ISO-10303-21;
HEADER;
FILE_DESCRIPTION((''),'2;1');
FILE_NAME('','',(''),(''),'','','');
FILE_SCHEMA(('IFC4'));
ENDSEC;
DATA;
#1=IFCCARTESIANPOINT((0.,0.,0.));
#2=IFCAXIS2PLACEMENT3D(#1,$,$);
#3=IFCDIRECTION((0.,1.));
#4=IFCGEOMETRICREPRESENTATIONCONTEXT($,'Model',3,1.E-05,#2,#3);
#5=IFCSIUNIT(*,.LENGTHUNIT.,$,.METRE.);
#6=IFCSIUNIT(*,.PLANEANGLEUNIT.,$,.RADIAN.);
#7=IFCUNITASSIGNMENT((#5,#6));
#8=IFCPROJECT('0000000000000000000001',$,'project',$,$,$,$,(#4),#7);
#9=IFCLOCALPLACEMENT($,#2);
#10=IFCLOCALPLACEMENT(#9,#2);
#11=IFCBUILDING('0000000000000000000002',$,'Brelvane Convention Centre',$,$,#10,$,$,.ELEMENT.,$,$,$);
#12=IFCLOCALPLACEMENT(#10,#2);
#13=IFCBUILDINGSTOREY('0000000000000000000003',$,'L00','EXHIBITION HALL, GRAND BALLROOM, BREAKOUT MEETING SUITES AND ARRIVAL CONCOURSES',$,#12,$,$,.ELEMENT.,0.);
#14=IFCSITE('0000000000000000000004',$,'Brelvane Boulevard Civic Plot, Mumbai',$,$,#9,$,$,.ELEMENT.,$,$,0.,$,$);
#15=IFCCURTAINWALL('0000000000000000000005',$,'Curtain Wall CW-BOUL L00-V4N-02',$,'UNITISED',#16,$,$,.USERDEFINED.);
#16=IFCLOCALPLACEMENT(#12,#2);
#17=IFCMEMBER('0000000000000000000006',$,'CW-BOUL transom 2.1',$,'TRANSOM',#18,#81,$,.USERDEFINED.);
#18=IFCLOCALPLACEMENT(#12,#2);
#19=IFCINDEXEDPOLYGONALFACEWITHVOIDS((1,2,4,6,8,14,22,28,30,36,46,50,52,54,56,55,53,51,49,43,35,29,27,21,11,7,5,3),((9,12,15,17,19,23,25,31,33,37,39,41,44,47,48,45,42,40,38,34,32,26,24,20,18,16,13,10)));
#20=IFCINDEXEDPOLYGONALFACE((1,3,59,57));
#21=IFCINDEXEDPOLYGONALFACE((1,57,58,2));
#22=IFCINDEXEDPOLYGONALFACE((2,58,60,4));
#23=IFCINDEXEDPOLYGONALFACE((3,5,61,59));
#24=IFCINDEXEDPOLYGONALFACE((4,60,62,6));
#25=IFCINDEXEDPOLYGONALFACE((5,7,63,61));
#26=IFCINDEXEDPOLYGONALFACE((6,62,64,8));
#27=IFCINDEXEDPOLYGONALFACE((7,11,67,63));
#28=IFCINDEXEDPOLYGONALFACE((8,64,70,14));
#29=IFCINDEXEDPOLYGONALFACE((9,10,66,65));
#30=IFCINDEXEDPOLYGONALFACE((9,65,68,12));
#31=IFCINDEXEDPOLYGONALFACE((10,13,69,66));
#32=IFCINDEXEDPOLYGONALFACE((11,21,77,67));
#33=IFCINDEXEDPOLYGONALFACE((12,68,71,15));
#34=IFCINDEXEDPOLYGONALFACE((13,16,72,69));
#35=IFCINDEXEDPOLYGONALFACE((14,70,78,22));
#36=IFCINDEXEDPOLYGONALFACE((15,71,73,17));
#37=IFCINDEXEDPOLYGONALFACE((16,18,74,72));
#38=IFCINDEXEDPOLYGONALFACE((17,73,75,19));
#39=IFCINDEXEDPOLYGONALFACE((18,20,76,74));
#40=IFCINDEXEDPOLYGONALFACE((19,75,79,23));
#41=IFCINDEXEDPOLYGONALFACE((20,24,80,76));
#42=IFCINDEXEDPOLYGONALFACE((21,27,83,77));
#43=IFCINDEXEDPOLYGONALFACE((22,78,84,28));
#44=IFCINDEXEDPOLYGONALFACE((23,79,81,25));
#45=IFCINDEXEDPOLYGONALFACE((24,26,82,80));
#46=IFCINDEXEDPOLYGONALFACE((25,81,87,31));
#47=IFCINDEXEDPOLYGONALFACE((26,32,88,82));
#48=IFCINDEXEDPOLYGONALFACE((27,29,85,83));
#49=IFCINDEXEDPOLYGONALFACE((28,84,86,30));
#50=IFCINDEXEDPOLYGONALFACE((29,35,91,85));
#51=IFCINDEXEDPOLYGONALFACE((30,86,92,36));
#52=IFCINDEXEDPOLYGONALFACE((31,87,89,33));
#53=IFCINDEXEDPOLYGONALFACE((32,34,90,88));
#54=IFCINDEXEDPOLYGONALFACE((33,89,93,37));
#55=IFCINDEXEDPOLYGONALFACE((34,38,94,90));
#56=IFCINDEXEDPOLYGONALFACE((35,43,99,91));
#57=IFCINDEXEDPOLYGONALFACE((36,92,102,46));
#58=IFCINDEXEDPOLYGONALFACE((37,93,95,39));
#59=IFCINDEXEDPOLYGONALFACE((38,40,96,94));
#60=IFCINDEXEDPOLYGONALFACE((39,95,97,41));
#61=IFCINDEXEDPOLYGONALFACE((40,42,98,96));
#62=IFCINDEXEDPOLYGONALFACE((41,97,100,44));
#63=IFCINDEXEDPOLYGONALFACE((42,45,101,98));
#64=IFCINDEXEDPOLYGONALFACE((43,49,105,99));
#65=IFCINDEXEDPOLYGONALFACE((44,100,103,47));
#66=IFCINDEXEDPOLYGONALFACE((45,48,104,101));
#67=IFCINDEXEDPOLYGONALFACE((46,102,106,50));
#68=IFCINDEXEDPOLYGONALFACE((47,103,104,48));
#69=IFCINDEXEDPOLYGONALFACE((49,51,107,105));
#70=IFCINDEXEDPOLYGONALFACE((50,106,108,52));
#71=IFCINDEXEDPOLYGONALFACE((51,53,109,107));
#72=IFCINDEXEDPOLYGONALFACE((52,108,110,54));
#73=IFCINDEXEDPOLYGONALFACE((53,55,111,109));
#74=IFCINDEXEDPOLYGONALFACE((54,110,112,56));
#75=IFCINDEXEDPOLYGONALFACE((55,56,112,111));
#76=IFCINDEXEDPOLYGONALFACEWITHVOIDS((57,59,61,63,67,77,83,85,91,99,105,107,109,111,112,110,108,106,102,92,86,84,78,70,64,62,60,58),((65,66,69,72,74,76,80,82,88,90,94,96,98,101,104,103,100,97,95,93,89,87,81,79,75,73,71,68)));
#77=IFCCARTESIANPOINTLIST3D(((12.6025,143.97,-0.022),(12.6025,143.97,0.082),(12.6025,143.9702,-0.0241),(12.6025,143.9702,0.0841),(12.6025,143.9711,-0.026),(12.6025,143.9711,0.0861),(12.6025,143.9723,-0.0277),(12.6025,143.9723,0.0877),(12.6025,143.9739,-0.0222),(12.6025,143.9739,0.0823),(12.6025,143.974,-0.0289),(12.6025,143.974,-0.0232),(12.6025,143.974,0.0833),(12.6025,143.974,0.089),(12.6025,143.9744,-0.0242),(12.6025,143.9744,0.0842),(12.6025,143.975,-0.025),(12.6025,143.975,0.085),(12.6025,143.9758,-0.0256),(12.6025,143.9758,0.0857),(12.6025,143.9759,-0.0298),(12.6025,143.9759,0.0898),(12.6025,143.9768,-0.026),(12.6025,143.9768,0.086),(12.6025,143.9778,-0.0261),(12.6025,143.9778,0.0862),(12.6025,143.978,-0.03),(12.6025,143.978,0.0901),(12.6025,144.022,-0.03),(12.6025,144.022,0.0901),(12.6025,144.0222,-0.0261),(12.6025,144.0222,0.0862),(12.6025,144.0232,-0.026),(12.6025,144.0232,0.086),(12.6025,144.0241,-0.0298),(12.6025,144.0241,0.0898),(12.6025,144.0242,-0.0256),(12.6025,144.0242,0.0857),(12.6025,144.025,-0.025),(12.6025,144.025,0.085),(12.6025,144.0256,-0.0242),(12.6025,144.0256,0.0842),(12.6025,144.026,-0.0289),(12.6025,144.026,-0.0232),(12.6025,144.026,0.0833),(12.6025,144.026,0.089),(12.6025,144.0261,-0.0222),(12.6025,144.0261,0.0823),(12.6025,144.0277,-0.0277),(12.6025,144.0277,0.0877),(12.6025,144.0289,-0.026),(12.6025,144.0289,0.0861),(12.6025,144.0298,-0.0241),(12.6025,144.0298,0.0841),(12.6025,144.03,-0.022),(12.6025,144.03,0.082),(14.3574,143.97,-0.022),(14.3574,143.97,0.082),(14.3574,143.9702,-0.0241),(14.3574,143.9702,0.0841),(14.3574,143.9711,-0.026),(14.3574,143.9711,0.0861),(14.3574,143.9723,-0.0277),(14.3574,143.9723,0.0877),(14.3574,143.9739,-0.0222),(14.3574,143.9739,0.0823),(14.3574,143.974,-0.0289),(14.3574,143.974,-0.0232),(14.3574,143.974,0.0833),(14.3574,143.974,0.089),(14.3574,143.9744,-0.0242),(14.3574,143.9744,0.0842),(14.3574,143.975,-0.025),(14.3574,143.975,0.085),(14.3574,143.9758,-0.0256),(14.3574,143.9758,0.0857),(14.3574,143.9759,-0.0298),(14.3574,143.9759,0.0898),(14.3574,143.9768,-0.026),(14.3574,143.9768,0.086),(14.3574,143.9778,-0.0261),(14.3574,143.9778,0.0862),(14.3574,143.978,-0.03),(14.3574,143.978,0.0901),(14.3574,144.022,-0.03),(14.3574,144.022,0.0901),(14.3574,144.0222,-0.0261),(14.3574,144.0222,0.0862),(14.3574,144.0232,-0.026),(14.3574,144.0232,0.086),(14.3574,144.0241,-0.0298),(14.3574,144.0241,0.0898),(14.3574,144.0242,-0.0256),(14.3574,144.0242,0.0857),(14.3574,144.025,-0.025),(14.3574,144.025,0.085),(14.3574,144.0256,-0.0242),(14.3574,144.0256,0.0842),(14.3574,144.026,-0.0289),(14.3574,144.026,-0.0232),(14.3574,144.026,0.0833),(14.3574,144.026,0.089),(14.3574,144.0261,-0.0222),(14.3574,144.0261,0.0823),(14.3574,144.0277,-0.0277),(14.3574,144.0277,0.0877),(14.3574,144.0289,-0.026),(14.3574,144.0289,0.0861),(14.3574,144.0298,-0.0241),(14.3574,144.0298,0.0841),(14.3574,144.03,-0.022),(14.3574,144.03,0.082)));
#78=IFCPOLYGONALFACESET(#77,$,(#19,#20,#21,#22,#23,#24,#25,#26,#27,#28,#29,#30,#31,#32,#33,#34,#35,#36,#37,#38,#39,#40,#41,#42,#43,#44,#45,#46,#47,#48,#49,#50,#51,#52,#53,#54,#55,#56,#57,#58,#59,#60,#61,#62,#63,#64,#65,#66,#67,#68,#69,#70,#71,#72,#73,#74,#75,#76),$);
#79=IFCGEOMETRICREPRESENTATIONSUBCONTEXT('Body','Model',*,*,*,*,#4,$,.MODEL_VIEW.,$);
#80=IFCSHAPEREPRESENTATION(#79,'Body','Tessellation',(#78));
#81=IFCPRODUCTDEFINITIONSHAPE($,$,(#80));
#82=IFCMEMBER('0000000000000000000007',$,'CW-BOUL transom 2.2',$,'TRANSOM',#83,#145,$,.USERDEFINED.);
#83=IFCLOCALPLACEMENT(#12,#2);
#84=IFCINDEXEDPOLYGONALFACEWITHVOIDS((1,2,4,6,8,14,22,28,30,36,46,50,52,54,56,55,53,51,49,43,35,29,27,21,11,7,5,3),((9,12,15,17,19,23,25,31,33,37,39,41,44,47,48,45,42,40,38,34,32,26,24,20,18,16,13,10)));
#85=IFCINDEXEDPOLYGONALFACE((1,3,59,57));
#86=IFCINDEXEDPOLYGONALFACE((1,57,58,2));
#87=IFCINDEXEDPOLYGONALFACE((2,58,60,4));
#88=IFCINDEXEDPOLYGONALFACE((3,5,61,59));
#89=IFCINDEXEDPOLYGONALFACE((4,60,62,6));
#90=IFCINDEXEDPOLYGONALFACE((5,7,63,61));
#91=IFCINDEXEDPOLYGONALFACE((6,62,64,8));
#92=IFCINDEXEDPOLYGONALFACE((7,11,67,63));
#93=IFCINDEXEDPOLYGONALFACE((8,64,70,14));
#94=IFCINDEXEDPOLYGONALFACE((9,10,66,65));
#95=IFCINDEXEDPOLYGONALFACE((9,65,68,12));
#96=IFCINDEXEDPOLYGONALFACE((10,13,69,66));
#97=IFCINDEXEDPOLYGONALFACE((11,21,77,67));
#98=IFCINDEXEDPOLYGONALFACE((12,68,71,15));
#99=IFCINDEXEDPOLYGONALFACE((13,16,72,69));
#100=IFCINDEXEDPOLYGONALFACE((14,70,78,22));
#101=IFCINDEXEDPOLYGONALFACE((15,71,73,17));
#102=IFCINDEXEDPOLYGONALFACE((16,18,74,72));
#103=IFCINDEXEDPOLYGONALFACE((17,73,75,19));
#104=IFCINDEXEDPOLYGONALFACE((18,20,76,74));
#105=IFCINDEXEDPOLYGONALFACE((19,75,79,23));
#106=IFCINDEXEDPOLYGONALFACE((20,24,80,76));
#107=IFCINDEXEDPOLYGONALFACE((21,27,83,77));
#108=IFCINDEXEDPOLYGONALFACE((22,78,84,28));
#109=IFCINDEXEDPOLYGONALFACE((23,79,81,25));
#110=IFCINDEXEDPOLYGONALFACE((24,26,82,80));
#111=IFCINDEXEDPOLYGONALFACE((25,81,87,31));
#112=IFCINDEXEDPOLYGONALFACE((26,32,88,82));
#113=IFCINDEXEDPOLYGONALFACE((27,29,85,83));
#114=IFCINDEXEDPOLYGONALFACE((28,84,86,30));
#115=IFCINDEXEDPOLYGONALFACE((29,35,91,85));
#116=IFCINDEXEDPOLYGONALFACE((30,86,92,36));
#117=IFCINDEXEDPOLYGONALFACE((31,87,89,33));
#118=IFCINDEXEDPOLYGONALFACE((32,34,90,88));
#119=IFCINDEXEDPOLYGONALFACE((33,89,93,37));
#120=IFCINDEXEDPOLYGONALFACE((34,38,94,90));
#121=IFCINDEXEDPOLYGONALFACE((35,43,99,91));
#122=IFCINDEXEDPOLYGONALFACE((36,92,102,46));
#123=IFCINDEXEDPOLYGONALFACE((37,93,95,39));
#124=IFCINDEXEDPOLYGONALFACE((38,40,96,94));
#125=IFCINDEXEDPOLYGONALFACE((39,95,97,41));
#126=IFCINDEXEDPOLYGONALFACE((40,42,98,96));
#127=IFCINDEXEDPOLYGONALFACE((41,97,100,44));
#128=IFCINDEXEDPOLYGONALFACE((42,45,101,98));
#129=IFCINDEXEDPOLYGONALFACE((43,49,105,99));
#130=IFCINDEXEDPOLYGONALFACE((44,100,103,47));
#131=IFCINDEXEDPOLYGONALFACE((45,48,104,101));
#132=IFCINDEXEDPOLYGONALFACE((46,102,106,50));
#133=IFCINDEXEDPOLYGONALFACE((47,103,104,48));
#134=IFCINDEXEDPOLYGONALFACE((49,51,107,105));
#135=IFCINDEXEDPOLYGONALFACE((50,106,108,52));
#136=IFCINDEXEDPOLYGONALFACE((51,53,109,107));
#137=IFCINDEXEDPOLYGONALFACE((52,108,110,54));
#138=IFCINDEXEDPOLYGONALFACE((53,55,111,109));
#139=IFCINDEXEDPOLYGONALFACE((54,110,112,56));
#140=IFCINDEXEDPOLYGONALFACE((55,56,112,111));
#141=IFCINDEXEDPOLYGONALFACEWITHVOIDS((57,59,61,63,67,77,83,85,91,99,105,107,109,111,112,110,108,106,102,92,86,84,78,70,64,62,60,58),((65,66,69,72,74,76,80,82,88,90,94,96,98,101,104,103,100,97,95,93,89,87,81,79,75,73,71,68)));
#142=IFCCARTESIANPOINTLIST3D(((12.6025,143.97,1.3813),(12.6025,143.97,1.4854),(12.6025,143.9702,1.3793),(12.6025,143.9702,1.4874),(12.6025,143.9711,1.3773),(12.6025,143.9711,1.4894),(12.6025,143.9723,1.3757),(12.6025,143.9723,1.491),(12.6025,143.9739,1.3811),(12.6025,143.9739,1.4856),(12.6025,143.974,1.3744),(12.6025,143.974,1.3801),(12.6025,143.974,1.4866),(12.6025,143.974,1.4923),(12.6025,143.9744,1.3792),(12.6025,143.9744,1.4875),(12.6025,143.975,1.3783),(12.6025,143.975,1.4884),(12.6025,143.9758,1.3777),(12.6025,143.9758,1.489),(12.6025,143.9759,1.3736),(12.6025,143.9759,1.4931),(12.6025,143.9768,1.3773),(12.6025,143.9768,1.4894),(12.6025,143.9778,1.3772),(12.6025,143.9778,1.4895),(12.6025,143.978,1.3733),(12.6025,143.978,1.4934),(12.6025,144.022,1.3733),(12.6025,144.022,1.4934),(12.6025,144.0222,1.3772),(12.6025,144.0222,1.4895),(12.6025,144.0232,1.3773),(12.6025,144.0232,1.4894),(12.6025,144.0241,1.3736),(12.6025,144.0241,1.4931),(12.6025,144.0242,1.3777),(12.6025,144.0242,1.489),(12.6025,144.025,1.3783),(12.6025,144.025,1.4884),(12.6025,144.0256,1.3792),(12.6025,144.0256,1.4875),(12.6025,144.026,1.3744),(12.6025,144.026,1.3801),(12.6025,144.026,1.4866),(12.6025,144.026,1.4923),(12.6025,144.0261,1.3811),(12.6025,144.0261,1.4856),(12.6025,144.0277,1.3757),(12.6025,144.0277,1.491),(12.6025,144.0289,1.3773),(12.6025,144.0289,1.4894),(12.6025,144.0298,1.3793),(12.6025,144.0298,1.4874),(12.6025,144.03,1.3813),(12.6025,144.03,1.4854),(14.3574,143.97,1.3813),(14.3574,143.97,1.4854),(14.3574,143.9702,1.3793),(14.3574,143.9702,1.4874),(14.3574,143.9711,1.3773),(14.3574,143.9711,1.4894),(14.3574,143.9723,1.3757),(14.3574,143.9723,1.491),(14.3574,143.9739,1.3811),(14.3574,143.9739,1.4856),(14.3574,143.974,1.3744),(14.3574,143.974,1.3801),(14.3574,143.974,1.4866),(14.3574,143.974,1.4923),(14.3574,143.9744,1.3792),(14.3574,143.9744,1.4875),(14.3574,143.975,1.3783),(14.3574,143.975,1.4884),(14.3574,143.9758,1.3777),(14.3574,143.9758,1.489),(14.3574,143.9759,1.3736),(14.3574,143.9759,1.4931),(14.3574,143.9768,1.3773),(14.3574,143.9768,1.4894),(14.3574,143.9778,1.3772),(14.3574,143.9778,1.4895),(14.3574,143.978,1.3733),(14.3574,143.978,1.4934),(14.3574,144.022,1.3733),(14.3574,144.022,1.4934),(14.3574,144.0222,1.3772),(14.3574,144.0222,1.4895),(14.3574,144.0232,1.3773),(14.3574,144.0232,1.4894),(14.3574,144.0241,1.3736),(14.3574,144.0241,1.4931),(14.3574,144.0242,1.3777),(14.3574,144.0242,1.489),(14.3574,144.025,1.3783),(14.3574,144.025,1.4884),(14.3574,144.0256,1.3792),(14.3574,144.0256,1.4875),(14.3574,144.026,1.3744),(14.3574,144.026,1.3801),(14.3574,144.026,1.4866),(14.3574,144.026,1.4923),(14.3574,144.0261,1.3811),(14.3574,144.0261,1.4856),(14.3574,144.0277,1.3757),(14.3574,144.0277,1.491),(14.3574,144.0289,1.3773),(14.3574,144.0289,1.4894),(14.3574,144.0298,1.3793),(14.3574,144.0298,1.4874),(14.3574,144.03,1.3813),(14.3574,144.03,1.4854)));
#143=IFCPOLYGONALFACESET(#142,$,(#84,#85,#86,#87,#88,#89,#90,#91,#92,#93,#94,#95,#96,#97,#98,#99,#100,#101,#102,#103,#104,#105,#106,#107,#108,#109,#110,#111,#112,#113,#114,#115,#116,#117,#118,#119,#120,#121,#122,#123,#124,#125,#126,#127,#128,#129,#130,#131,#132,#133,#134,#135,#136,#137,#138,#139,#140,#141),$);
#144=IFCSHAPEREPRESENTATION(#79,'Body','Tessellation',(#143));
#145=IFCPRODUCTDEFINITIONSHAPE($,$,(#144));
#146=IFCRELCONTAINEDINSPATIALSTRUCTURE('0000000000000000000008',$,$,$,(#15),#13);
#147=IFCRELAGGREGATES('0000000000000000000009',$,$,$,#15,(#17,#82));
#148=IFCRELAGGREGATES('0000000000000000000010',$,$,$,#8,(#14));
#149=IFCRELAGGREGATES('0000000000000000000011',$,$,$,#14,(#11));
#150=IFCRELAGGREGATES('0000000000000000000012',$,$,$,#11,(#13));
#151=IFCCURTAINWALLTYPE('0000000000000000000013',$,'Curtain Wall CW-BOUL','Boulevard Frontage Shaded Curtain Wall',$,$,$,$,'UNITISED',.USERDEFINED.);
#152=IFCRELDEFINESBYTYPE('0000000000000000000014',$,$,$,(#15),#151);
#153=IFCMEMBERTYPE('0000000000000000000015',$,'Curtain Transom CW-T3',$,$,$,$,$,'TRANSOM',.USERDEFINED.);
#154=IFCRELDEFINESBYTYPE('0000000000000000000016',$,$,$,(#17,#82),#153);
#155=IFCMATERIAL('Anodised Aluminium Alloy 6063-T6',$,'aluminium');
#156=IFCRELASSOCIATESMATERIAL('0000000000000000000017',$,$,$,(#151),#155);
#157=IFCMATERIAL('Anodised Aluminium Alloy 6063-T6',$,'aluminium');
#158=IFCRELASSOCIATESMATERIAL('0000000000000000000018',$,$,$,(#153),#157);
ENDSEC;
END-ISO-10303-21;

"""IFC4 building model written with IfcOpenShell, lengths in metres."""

from ifc_helpers import new_model, si_unit, direction, frame, origin, origin_2d, place, context, subcontext, project, spatial, hollow_rectangle, extrude, material, material_profile, profile_set, type_object, element, aggregate, save


model = new_model("IFC4")

# Units and contexts
model_context = context("Model", 3, precision=1e-05, world=origin(), true_north=direction((0.0, 1.0)))
body_context = subcontext(model_context, "Body", "Model", "MODEL_VIEW")
ifc_project = project(units=[si_unit("LENGTHUNIT", "METRE"), si_unit("PLANEANGLEUNIT", "RADIAN")], contexts=[model_context])

# Site, building, storey
site_placement = place(None, origin())
site = spatial("IfcSite", under=ifc_project, at=site_placement, Name="Brelvane Boulevard Civic Plot, Mumbai", CompositionType="ELEMENT", RefElevation=0.0)
building_placement = place(site_placement, origin())
building = spatial("IfcBuilding", under=site, at=building_placement, Name="Brelvane Convention Centre", CompositionType="ELEMENT")
storey_placement = place(building_placement, origin())
storey = spatial("IfcBuildingStorey", under=building, at=storey_placement, Name="L00", Description="EXHIBITION HALL, GRAND BALLROOM, BREAKOUT MEETING SUITES AND ARRIVAL CONCOURSES", CompositionType="ELEMENT", Elevation=0.0)

# Curtain wall, members
ifc_material_1 = material(Name="Anodised Aluminium Alloy 6063-T6", Category="aluminium")
curtain_wall_type = type_object("IfcCurtainWallType", Name="Curtain Wall CW-BOUL", Description="Boulevard Frontage Shaded Curtain Wall", ElementType="UNITISED", PredefinedType="USERDEFINED", material=ifc_material_1)
curtain_wall_placement = place(storey_placement, origin())
curtain_wall = element("IfcCurtainWall", 1, at=curtain_wall_placement, inside=storey, type_object=curtain_wall_type, Name="Curtain Wall CW-BOUL L00-V4N-02", ObjectType="UNITISED", PredefinedType="USERDEFINED")
ifc_material_2 = material(Name="Anodised Aluminium Alloy 6063-T6", Category="aluminium")
ifc_material_profile_1 = material_profile(ifc_material_2, hollow_rectangle(XDim=0.0601, YDim=0.1201, WallThickness=0.0039, InnerFilletRadius=0.0039, OuterFilletRadius=0.0081, at=origin_2d()), Name="ALU-T 120x60x4.0")
ifc_profile_set_1 = profile_set([ifc_material_profile_1], Name="Anodised Aluminium Alloy 6063-T6")
member_type_1 = type_object("IfcMemberType", Name="Curtain Transom CW-T3", ElementType="TRANSOM", PredefinedType="USERDEFINED", material=ifc_profile_set_1)
member_1_placement = place(storey_placement, frame((12.6025, 144.0, 0.03), z_axis=(1.0, 0.0, 0.0), x_axis=(0.0, 1.0, 0.0)))
member_1 = element("IfcMember", 2, at=member_1_placement, type_object=member_type_1, Name="CW-BOUL transom 2.1", ObjectType="TRANSOM", PredefinedType="USERDEFINED", context=body_context, shape_type="SweptSolid", body=[
    extrude(hollow_rectangle(XDim=0.0601, YDim=0.1201, WallThickness=0.0039, InnerFilletRadius=0.0039, OuterFilletRadius=0.0081, at=origin_2d()), origin(), (0.0, 0.0, 1.0), 1.7549),
])
member_2_placement = place(storey_placement, frame((12.6025, 144.0, 1.4333), z_axis=(1.0, 0.0, 0.0), x_axis=(0.0, 1.0, 0.0)))
member_2 = element("IfcMember", 3, at=member_2_placement, type_object=member_type_1, Name="CW-BOUL transom 2.2", ObjectType="TRANSOM", PredefinedType="USERDEFINED", context=body_context, shape_type="SweptSolid", body=[
    extrude(hollow_rectangle(XDim=0.0601, YDim=0.1201, WallThickness=0.0039, InnerFilletRadius=0.0039, OuterFilletRadius=0.0081, at=origin_2d()), origin(), (0.0, 0.0, 1.0), 1.7549),
])

aggregate(curtain_wall, [member_1, member_2])

save(model, "model.ifc")
